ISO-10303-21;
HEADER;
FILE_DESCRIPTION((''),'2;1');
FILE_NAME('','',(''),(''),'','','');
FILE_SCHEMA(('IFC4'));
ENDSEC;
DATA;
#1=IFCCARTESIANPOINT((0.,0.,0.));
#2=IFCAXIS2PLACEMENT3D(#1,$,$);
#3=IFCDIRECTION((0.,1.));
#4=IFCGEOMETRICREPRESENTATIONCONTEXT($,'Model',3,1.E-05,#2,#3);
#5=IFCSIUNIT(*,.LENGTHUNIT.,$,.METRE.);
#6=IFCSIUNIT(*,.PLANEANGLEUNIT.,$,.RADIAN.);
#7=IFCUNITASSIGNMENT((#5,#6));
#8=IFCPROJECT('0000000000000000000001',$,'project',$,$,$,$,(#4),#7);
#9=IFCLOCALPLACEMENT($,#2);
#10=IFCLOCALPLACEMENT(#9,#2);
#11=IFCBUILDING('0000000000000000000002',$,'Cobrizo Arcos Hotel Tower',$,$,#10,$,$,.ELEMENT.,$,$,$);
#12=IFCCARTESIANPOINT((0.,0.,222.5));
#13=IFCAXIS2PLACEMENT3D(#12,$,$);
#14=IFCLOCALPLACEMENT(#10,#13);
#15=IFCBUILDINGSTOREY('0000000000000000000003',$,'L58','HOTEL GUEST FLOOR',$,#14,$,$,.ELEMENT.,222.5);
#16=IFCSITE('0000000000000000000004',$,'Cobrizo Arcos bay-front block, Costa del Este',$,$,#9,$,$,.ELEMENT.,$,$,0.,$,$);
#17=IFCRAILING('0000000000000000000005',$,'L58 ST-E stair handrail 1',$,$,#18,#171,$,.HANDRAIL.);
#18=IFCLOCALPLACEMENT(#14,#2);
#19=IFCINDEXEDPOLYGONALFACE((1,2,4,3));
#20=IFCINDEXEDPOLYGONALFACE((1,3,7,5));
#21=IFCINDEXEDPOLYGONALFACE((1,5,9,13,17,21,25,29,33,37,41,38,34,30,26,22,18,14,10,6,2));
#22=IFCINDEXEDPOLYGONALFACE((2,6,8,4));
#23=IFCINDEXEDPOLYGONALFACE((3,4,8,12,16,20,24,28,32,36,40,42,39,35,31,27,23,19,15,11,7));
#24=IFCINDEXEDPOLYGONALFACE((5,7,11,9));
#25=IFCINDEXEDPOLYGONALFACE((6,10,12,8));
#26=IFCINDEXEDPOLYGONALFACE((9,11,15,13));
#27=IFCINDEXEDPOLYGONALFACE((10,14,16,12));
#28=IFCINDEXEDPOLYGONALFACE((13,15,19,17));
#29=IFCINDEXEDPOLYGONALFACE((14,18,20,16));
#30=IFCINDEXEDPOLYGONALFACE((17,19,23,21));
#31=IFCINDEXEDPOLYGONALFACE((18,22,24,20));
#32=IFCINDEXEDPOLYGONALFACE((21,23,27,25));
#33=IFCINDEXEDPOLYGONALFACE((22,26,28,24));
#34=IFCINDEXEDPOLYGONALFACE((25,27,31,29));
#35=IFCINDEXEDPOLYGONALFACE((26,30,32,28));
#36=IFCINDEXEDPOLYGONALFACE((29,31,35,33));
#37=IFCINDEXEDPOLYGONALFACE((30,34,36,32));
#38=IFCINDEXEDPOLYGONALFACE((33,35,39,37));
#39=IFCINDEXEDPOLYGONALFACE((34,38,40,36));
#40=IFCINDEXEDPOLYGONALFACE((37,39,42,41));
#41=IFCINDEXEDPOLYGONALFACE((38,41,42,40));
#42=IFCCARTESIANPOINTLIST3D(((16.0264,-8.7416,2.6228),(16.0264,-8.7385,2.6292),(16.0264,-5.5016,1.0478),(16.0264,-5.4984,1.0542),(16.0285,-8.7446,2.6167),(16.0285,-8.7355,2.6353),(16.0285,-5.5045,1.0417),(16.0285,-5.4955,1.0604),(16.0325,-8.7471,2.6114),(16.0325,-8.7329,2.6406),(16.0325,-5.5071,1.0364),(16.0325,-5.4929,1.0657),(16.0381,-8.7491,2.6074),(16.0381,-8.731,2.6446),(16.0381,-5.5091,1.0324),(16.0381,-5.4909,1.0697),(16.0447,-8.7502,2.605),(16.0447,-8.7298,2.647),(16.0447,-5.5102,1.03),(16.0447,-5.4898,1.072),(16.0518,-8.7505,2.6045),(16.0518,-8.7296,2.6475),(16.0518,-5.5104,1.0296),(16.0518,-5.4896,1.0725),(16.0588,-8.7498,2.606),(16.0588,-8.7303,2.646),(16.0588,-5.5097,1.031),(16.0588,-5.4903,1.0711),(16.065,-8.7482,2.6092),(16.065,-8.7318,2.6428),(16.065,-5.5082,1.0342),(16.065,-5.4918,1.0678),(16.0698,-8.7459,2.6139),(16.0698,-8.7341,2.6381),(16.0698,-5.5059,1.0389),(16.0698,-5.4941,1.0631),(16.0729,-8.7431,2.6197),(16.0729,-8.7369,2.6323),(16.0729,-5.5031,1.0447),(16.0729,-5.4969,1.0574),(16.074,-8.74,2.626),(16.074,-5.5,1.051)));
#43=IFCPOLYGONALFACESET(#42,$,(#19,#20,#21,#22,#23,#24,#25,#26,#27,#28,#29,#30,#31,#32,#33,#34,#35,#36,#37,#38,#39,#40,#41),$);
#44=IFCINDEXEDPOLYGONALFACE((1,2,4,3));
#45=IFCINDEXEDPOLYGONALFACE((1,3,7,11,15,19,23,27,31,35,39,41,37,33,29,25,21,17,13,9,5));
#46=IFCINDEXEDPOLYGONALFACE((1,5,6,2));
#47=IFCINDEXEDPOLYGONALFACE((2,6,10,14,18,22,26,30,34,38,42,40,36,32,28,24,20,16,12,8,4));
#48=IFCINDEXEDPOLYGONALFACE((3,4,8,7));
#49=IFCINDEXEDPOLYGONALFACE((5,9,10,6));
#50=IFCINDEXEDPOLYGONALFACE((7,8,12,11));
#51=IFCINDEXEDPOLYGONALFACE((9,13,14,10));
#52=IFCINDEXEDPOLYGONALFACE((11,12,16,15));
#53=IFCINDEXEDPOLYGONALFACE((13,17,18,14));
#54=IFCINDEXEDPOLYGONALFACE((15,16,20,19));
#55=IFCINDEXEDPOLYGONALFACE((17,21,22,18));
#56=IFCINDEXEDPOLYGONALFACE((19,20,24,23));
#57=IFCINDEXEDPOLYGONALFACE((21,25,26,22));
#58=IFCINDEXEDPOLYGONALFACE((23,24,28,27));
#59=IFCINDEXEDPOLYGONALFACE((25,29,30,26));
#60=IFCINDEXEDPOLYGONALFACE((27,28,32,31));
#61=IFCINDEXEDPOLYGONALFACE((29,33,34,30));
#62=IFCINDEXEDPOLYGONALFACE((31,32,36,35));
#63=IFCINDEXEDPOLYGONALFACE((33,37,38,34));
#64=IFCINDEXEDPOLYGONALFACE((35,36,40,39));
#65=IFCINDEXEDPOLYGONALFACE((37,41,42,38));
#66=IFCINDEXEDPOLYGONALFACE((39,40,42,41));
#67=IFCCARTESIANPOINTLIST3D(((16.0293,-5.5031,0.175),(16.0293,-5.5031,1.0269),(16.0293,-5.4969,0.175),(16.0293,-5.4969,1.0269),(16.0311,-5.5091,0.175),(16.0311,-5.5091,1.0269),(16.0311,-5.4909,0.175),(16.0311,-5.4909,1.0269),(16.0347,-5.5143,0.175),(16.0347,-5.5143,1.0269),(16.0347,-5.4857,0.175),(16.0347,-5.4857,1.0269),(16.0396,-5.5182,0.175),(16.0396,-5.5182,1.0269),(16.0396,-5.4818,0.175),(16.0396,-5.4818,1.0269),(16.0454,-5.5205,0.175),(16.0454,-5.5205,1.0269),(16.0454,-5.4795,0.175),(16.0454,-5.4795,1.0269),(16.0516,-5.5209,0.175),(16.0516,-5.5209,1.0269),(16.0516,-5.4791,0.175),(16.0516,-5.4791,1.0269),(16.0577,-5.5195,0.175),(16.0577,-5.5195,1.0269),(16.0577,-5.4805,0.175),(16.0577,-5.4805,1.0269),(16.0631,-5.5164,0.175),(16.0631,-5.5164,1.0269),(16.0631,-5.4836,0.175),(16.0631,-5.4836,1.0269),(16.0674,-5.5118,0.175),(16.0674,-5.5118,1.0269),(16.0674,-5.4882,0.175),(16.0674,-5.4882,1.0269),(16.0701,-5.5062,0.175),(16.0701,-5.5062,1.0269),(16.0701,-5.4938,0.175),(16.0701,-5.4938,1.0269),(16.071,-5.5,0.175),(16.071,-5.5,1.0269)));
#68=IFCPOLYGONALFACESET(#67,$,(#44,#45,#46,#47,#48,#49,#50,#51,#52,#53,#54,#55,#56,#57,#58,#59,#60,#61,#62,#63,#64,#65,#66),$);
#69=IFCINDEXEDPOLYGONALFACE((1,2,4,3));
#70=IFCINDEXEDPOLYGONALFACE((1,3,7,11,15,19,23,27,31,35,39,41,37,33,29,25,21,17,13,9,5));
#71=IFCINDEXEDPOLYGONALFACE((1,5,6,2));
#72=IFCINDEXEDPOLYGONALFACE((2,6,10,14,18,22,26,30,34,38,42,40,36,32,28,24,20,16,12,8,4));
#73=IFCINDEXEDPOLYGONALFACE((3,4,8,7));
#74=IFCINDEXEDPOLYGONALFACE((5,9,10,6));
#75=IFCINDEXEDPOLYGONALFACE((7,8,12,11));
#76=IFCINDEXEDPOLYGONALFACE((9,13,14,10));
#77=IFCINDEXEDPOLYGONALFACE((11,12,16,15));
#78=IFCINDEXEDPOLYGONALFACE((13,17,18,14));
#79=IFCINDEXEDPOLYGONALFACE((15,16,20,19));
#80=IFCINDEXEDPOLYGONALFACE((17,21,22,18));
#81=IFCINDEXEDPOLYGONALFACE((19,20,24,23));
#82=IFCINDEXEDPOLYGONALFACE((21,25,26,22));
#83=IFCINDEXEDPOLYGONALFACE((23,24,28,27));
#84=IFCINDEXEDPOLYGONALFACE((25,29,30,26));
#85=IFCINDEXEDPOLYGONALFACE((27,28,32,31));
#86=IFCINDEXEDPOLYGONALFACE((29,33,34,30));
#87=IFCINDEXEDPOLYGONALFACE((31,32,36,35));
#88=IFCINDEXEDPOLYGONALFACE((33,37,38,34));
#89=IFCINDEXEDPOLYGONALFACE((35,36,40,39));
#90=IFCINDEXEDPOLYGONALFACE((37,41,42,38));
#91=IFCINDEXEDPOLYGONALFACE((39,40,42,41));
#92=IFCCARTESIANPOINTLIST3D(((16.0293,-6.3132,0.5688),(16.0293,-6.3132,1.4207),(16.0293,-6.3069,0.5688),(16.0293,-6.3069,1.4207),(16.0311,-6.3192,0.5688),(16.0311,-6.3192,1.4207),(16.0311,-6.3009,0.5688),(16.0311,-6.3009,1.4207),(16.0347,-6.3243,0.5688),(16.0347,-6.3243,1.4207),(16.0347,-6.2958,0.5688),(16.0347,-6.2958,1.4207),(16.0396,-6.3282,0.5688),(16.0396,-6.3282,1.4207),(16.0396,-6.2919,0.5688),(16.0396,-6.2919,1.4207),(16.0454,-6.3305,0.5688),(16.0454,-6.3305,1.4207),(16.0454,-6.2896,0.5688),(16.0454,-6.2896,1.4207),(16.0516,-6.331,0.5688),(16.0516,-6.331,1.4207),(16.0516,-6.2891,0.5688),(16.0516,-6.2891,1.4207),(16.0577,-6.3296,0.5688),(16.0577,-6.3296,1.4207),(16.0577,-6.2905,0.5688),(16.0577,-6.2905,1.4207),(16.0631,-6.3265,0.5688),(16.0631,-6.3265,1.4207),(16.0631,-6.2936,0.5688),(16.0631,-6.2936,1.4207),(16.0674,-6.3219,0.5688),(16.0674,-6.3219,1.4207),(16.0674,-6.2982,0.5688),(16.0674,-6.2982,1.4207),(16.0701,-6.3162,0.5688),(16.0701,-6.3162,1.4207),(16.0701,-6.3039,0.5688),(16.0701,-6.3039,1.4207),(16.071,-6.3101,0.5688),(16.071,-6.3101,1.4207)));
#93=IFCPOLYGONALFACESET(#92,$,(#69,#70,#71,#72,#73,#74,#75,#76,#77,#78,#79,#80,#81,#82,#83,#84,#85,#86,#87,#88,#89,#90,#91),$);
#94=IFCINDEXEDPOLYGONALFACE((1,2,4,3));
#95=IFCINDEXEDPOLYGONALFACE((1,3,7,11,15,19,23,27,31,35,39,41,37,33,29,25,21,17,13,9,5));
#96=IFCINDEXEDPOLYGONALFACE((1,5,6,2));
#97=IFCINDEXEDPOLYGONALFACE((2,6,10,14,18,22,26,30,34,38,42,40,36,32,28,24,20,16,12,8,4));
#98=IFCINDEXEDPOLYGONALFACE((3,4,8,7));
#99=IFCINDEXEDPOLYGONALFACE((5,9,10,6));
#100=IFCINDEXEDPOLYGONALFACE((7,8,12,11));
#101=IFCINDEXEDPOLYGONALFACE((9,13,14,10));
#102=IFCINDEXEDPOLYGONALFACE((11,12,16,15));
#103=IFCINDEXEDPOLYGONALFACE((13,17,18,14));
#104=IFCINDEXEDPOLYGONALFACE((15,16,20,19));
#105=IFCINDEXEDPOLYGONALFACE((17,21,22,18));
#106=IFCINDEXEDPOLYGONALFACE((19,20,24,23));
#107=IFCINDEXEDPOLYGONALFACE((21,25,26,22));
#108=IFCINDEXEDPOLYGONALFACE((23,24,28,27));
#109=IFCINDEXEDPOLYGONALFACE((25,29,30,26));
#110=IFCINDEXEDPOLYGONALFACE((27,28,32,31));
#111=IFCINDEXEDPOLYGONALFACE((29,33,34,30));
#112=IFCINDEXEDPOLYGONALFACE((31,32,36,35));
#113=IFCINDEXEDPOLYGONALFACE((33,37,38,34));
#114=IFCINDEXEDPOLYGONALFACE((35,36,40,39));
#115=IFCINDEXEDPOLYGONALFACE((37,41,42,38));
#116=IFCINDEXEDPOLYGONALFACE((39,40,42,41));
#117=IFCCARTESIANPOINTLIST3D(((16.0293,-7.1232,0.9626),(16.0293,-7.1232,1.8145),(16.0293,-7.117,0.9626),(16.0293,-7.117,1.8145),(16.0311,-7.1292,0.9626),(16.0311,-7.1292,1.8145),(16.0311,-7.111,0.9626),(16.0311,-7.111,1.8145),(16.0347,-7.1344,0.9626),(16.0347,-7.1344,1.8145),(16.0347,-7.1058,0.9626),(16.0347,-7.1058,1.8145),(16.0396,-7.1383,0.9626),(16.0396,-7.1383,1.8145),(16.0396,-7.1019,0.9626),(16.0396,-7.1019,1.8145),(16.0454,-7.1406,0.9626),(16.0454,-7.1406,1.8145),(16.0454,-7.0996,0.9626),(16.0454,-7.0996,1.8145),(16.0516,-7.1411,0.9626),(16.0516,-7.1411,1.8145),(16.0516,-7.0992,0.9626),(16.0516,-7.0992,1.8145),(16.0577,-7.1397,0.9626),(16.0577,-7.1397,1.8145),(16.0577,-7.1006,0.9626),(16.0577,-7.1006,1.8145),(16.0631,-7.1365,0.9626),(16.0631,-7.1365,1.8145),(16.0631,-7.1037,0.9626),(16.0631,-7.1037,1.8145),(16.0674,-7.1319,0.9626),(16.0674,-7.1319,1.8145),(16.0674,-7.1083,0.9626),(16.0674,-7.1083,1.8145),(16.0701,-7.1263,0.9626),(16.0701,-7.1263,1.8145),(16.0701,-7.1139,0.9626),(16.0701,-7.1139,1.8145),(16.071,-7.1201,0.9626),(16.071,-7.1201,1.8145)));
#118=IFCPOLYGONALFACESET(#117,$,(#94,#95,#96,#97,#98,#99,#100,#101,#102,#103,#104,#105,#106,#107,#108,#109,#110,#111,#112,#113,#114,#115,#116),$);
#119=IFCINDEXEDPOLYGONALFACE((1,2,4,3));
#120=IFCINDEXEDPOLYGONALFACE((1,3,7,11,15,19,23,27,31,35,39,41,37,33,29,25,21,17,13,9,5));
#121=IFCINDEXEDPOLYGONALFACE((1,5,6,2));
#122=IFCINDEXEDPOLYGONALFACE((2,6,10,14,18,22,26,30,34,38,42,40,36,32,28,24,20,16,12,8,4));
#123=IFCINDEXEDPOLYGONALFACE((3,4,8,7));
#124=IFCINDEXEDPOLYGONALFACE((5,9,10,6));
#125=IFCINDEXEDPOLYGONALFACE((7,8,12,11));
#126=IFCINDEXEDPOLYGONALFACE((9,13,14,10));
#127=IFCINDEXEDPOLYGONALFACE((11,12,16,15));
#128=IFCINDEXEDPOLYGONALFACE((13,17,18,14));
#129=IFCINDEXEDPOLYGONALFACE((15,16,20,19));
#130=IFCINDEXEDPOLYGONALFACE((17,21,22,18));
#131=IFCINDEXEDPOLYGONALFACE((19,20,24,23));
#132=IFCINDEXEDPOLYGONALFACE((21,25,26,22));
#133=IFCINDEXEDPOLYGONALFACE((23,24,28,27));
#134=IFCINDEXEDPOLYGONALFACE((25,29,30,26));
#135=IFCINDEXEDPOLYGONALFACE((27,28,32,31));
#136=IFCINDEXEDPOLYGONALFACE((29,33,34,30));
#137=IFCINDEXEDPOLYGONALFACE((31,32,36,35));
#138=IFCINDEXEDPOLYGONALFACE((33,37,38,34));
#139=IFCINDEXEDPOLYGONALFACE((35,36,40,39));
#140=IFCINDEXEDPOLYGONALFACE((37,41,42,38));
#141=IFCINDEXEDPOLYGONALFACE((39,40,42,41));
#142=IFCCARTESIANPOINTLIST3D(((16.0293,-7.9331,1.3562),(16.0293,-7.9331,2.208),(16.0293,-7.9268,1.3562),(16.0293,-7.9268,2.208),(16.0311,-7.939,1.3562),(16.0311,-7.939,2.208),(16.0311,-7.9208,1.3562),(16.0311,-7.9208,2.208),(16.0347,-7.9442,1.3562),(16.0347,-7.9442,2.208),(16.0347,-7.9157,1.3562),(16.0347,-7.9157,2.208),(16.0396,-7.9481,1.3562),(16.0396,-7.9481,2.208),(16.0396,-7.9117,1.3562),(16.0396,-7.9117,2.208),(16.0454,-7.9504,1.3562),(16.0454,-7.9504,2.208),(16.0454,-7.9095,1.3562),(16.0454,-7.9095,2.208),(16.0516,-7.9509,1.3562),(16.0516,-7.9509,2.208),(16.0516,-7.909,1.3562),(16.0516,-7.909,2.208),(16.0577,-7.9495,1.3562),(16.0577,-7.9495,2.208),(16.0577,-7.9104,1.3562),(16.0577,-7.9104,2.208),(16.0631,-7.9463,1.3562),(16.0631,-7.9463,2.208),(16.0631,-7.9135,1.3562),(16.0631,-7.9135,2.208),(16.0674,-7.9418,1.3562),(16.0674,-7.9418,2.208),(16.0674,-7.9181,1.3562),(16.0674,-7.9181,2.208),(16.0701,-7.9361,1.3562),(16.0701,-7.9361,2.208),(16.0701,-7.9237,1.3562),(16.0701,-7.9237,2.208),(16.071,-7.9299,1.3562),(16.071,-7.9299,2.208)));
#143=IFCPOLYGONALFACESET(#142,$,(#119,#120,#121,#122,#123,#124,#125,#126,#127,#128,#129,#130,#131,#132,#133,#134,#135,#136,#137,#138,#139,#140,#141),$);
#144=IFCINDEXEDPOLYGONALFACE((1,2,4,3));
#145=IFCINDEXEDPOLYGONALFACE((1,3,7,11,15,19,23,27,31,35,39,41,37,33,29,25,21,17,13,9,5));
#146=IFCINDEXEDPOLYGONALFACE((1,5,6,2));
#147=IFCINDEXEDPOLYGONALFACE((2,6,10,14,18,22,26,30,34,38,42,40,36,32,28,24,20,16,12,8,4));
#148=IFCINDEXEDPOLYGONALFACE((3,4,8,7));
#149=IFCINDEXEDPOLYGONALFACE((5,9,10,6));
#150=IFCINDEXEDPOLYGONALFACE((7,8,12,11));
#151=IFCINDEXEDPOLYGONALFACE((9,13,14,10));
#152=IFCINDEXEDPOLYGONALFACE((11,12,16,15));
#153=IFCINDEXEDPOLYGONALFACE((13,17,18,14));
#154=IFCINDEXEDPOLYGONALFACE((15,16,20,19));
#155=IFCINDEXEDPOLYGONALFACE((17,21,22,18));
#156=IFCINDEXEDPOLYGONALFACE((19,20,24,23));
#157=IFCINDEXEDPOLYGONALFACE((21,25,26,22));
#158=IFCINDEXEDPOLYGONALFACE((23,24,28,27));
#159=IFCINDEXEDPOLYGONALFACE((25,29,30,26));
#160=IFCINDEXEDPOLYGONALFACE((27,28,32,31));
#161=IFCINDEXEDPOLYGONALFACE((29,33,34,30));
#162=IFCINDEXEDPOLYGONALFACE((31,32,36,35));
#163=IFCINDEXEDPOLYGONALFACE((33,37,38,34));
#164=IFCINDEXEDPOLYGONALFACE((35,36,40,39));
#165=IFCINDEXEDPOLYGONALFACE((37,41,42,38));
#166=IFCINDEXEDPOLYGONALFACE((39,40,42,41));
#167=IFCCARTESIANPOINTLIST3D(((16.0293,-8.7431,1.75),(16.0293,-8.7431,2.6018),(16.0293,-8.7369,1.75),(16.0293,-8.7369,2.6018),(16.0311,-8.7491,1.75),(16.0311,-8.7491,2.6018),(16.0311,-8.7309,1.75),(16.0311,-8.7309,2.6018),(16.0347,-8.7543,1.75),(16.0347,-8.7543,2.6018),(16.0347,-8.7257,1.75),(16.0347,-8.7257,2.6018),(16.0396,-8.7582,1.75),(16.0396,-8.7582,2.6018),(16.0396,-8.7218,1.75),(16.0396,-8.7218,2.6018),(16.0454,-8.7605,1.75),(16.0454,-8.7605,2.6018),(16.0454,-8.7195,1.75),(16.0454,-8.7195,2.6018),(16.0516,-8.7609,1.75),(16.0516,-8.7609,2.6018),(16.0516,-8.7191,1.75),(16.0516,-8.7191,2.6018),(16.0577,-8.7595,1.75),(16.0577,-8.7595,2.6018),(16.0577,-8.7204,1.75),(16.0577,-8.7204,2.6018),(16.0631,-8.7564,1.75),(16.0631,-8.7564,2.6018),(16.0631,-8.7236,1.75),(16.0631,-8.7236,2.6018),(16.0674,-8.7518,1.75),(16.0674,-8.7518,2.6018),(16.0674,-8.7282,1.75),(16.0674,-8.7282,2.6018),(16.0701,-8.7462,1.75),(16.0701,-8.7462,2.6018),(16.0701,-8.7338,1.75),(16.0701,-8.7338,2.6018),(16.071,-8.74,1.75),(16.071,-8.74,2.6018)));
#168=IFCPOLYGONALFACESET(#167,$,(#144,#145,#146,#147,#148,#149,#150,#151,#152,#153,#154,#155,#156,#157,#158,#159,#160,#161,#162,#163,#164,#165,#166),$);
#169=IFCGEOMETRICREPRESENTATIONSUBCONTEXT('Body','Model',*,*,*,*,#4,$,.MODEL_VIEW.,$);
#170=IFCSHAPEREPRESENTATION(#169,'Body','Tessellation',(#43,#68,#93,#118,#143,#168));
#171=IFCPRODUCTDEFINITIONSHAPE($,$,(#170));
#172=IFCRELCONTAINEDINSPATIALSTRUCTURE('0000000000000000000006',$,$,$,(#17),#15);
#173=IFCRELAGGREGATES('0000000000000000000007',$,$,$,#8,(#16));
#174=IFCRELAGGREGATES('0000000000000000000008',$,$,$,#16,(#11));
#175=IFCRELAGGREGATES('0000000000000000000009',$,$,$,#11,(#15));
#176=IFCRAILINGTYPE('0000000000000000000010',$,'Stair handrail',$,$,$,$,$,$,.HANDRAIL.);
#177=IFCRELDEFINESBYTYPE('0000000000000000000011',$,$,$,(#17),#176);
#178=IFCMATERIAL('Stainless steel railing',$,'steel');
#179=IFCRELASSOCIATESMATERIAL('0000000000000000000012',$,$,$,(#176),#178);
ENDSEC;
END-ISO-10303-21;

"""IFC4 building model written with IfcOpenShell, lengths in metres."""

from ifc_helpers import new_model, si_unit, direction, frame, origin, origin_2d, place, context, subcontext, project, spatial, circle, extrude, material, type_object, element, save


model = new_model("IFC4")

# Units and contexts
model_context = context("Model", 3, precision=1e-05, world=origin(), true_north=direction((0.0, 1.0)))
body_context = subcontext(model_context, "Body", "Model", "MODEL_VIEW")
ifc_project = project(units=[si_unit("LENGTHUNIT", "METRE"), si_unit("PLANEANGLEUNIT", "RADIAN")], contexts=[model_context])

# Site, building, storey
site_placement = place(None, origin())
site = spatial("IfcSite", under=ifc_project, at=site_placement, Name="Cobrizo Arcos bay-front block, Costa del Este", CompositionType="ELEMENT", RefElevation=0.0)
building_placement = place(site_placement, origin())
building = spatial("IfcBuilding", under=site, at=building_placement, Name="Cobrizo Arcos Hotel Tower", CompositionType="ELEMENT")
storey_placement = place(building_placement, frame((0.0, 0.0, 222.5)))
storey = spatial("IfcBuildingStorey", under=building, at=storey_placement, Name="L58", Description="HOTEL GUEST FLOOR", CompositionType="ELEMENT", Elevation=222.5)

# Railing
ifc_material_1 = material(Name="Stainless steel railing", Category="steel")
railing_type_1 = type_object("IfcRailingType", Name="Stair handrail", PredefinedType="HANDRAIL", material=ifc_material_1)
railing_1_placement = place(storey_placement, frame((16.05, -5.5, 0.175)))
element("IfcRailing", 1, at=railing_1_placement, inside=storey, type_object=railing_type_1, Name="L58 ST-E stair handrail 1", PredefinedType="HANDRAIL", context=body_context, shape_type="SweptSolid", body=[
    extrude(circle(Radius=0.0239, at=origin_2d()), frame((0.0, 0.0, 0.876), z_axis=(0.0, -0.899373, 0.437183), x_axis=(1.0, 0.0, 0.0)), (0.0, 0.0, 1.0), 3.6025),
    extrude(circle(Radius=0.021, at=origin_2d()), origin(), (0.0, 0.0, 1.0), 0.8518),
    extrude(circle(Radius=0.021, at=origin_2d()), frame((0.0, -0.8101, 0.3938)), (0.0, 0.0, 1.0), 0.8518),
    extrude(circle(Radius=0.021, at=origin_2d()), frame((0.0, -1.6201, 0.7876)), (0.0, 0.0, 1.0), 0.8518),
    extrude(circle(Radius=0.021, at=origin_2d()), frame((0.0, -2.4299, 1.1812)), (0.0, 0.0, 1.0), 0.8518),
    extrude(circle(Radius=0.021, at=origin_2d()), frame((0.0, -3.24, 1.575)), (0.0, 0.0, 1.0), 0.8518),
])

save(model, "model.ifc")
